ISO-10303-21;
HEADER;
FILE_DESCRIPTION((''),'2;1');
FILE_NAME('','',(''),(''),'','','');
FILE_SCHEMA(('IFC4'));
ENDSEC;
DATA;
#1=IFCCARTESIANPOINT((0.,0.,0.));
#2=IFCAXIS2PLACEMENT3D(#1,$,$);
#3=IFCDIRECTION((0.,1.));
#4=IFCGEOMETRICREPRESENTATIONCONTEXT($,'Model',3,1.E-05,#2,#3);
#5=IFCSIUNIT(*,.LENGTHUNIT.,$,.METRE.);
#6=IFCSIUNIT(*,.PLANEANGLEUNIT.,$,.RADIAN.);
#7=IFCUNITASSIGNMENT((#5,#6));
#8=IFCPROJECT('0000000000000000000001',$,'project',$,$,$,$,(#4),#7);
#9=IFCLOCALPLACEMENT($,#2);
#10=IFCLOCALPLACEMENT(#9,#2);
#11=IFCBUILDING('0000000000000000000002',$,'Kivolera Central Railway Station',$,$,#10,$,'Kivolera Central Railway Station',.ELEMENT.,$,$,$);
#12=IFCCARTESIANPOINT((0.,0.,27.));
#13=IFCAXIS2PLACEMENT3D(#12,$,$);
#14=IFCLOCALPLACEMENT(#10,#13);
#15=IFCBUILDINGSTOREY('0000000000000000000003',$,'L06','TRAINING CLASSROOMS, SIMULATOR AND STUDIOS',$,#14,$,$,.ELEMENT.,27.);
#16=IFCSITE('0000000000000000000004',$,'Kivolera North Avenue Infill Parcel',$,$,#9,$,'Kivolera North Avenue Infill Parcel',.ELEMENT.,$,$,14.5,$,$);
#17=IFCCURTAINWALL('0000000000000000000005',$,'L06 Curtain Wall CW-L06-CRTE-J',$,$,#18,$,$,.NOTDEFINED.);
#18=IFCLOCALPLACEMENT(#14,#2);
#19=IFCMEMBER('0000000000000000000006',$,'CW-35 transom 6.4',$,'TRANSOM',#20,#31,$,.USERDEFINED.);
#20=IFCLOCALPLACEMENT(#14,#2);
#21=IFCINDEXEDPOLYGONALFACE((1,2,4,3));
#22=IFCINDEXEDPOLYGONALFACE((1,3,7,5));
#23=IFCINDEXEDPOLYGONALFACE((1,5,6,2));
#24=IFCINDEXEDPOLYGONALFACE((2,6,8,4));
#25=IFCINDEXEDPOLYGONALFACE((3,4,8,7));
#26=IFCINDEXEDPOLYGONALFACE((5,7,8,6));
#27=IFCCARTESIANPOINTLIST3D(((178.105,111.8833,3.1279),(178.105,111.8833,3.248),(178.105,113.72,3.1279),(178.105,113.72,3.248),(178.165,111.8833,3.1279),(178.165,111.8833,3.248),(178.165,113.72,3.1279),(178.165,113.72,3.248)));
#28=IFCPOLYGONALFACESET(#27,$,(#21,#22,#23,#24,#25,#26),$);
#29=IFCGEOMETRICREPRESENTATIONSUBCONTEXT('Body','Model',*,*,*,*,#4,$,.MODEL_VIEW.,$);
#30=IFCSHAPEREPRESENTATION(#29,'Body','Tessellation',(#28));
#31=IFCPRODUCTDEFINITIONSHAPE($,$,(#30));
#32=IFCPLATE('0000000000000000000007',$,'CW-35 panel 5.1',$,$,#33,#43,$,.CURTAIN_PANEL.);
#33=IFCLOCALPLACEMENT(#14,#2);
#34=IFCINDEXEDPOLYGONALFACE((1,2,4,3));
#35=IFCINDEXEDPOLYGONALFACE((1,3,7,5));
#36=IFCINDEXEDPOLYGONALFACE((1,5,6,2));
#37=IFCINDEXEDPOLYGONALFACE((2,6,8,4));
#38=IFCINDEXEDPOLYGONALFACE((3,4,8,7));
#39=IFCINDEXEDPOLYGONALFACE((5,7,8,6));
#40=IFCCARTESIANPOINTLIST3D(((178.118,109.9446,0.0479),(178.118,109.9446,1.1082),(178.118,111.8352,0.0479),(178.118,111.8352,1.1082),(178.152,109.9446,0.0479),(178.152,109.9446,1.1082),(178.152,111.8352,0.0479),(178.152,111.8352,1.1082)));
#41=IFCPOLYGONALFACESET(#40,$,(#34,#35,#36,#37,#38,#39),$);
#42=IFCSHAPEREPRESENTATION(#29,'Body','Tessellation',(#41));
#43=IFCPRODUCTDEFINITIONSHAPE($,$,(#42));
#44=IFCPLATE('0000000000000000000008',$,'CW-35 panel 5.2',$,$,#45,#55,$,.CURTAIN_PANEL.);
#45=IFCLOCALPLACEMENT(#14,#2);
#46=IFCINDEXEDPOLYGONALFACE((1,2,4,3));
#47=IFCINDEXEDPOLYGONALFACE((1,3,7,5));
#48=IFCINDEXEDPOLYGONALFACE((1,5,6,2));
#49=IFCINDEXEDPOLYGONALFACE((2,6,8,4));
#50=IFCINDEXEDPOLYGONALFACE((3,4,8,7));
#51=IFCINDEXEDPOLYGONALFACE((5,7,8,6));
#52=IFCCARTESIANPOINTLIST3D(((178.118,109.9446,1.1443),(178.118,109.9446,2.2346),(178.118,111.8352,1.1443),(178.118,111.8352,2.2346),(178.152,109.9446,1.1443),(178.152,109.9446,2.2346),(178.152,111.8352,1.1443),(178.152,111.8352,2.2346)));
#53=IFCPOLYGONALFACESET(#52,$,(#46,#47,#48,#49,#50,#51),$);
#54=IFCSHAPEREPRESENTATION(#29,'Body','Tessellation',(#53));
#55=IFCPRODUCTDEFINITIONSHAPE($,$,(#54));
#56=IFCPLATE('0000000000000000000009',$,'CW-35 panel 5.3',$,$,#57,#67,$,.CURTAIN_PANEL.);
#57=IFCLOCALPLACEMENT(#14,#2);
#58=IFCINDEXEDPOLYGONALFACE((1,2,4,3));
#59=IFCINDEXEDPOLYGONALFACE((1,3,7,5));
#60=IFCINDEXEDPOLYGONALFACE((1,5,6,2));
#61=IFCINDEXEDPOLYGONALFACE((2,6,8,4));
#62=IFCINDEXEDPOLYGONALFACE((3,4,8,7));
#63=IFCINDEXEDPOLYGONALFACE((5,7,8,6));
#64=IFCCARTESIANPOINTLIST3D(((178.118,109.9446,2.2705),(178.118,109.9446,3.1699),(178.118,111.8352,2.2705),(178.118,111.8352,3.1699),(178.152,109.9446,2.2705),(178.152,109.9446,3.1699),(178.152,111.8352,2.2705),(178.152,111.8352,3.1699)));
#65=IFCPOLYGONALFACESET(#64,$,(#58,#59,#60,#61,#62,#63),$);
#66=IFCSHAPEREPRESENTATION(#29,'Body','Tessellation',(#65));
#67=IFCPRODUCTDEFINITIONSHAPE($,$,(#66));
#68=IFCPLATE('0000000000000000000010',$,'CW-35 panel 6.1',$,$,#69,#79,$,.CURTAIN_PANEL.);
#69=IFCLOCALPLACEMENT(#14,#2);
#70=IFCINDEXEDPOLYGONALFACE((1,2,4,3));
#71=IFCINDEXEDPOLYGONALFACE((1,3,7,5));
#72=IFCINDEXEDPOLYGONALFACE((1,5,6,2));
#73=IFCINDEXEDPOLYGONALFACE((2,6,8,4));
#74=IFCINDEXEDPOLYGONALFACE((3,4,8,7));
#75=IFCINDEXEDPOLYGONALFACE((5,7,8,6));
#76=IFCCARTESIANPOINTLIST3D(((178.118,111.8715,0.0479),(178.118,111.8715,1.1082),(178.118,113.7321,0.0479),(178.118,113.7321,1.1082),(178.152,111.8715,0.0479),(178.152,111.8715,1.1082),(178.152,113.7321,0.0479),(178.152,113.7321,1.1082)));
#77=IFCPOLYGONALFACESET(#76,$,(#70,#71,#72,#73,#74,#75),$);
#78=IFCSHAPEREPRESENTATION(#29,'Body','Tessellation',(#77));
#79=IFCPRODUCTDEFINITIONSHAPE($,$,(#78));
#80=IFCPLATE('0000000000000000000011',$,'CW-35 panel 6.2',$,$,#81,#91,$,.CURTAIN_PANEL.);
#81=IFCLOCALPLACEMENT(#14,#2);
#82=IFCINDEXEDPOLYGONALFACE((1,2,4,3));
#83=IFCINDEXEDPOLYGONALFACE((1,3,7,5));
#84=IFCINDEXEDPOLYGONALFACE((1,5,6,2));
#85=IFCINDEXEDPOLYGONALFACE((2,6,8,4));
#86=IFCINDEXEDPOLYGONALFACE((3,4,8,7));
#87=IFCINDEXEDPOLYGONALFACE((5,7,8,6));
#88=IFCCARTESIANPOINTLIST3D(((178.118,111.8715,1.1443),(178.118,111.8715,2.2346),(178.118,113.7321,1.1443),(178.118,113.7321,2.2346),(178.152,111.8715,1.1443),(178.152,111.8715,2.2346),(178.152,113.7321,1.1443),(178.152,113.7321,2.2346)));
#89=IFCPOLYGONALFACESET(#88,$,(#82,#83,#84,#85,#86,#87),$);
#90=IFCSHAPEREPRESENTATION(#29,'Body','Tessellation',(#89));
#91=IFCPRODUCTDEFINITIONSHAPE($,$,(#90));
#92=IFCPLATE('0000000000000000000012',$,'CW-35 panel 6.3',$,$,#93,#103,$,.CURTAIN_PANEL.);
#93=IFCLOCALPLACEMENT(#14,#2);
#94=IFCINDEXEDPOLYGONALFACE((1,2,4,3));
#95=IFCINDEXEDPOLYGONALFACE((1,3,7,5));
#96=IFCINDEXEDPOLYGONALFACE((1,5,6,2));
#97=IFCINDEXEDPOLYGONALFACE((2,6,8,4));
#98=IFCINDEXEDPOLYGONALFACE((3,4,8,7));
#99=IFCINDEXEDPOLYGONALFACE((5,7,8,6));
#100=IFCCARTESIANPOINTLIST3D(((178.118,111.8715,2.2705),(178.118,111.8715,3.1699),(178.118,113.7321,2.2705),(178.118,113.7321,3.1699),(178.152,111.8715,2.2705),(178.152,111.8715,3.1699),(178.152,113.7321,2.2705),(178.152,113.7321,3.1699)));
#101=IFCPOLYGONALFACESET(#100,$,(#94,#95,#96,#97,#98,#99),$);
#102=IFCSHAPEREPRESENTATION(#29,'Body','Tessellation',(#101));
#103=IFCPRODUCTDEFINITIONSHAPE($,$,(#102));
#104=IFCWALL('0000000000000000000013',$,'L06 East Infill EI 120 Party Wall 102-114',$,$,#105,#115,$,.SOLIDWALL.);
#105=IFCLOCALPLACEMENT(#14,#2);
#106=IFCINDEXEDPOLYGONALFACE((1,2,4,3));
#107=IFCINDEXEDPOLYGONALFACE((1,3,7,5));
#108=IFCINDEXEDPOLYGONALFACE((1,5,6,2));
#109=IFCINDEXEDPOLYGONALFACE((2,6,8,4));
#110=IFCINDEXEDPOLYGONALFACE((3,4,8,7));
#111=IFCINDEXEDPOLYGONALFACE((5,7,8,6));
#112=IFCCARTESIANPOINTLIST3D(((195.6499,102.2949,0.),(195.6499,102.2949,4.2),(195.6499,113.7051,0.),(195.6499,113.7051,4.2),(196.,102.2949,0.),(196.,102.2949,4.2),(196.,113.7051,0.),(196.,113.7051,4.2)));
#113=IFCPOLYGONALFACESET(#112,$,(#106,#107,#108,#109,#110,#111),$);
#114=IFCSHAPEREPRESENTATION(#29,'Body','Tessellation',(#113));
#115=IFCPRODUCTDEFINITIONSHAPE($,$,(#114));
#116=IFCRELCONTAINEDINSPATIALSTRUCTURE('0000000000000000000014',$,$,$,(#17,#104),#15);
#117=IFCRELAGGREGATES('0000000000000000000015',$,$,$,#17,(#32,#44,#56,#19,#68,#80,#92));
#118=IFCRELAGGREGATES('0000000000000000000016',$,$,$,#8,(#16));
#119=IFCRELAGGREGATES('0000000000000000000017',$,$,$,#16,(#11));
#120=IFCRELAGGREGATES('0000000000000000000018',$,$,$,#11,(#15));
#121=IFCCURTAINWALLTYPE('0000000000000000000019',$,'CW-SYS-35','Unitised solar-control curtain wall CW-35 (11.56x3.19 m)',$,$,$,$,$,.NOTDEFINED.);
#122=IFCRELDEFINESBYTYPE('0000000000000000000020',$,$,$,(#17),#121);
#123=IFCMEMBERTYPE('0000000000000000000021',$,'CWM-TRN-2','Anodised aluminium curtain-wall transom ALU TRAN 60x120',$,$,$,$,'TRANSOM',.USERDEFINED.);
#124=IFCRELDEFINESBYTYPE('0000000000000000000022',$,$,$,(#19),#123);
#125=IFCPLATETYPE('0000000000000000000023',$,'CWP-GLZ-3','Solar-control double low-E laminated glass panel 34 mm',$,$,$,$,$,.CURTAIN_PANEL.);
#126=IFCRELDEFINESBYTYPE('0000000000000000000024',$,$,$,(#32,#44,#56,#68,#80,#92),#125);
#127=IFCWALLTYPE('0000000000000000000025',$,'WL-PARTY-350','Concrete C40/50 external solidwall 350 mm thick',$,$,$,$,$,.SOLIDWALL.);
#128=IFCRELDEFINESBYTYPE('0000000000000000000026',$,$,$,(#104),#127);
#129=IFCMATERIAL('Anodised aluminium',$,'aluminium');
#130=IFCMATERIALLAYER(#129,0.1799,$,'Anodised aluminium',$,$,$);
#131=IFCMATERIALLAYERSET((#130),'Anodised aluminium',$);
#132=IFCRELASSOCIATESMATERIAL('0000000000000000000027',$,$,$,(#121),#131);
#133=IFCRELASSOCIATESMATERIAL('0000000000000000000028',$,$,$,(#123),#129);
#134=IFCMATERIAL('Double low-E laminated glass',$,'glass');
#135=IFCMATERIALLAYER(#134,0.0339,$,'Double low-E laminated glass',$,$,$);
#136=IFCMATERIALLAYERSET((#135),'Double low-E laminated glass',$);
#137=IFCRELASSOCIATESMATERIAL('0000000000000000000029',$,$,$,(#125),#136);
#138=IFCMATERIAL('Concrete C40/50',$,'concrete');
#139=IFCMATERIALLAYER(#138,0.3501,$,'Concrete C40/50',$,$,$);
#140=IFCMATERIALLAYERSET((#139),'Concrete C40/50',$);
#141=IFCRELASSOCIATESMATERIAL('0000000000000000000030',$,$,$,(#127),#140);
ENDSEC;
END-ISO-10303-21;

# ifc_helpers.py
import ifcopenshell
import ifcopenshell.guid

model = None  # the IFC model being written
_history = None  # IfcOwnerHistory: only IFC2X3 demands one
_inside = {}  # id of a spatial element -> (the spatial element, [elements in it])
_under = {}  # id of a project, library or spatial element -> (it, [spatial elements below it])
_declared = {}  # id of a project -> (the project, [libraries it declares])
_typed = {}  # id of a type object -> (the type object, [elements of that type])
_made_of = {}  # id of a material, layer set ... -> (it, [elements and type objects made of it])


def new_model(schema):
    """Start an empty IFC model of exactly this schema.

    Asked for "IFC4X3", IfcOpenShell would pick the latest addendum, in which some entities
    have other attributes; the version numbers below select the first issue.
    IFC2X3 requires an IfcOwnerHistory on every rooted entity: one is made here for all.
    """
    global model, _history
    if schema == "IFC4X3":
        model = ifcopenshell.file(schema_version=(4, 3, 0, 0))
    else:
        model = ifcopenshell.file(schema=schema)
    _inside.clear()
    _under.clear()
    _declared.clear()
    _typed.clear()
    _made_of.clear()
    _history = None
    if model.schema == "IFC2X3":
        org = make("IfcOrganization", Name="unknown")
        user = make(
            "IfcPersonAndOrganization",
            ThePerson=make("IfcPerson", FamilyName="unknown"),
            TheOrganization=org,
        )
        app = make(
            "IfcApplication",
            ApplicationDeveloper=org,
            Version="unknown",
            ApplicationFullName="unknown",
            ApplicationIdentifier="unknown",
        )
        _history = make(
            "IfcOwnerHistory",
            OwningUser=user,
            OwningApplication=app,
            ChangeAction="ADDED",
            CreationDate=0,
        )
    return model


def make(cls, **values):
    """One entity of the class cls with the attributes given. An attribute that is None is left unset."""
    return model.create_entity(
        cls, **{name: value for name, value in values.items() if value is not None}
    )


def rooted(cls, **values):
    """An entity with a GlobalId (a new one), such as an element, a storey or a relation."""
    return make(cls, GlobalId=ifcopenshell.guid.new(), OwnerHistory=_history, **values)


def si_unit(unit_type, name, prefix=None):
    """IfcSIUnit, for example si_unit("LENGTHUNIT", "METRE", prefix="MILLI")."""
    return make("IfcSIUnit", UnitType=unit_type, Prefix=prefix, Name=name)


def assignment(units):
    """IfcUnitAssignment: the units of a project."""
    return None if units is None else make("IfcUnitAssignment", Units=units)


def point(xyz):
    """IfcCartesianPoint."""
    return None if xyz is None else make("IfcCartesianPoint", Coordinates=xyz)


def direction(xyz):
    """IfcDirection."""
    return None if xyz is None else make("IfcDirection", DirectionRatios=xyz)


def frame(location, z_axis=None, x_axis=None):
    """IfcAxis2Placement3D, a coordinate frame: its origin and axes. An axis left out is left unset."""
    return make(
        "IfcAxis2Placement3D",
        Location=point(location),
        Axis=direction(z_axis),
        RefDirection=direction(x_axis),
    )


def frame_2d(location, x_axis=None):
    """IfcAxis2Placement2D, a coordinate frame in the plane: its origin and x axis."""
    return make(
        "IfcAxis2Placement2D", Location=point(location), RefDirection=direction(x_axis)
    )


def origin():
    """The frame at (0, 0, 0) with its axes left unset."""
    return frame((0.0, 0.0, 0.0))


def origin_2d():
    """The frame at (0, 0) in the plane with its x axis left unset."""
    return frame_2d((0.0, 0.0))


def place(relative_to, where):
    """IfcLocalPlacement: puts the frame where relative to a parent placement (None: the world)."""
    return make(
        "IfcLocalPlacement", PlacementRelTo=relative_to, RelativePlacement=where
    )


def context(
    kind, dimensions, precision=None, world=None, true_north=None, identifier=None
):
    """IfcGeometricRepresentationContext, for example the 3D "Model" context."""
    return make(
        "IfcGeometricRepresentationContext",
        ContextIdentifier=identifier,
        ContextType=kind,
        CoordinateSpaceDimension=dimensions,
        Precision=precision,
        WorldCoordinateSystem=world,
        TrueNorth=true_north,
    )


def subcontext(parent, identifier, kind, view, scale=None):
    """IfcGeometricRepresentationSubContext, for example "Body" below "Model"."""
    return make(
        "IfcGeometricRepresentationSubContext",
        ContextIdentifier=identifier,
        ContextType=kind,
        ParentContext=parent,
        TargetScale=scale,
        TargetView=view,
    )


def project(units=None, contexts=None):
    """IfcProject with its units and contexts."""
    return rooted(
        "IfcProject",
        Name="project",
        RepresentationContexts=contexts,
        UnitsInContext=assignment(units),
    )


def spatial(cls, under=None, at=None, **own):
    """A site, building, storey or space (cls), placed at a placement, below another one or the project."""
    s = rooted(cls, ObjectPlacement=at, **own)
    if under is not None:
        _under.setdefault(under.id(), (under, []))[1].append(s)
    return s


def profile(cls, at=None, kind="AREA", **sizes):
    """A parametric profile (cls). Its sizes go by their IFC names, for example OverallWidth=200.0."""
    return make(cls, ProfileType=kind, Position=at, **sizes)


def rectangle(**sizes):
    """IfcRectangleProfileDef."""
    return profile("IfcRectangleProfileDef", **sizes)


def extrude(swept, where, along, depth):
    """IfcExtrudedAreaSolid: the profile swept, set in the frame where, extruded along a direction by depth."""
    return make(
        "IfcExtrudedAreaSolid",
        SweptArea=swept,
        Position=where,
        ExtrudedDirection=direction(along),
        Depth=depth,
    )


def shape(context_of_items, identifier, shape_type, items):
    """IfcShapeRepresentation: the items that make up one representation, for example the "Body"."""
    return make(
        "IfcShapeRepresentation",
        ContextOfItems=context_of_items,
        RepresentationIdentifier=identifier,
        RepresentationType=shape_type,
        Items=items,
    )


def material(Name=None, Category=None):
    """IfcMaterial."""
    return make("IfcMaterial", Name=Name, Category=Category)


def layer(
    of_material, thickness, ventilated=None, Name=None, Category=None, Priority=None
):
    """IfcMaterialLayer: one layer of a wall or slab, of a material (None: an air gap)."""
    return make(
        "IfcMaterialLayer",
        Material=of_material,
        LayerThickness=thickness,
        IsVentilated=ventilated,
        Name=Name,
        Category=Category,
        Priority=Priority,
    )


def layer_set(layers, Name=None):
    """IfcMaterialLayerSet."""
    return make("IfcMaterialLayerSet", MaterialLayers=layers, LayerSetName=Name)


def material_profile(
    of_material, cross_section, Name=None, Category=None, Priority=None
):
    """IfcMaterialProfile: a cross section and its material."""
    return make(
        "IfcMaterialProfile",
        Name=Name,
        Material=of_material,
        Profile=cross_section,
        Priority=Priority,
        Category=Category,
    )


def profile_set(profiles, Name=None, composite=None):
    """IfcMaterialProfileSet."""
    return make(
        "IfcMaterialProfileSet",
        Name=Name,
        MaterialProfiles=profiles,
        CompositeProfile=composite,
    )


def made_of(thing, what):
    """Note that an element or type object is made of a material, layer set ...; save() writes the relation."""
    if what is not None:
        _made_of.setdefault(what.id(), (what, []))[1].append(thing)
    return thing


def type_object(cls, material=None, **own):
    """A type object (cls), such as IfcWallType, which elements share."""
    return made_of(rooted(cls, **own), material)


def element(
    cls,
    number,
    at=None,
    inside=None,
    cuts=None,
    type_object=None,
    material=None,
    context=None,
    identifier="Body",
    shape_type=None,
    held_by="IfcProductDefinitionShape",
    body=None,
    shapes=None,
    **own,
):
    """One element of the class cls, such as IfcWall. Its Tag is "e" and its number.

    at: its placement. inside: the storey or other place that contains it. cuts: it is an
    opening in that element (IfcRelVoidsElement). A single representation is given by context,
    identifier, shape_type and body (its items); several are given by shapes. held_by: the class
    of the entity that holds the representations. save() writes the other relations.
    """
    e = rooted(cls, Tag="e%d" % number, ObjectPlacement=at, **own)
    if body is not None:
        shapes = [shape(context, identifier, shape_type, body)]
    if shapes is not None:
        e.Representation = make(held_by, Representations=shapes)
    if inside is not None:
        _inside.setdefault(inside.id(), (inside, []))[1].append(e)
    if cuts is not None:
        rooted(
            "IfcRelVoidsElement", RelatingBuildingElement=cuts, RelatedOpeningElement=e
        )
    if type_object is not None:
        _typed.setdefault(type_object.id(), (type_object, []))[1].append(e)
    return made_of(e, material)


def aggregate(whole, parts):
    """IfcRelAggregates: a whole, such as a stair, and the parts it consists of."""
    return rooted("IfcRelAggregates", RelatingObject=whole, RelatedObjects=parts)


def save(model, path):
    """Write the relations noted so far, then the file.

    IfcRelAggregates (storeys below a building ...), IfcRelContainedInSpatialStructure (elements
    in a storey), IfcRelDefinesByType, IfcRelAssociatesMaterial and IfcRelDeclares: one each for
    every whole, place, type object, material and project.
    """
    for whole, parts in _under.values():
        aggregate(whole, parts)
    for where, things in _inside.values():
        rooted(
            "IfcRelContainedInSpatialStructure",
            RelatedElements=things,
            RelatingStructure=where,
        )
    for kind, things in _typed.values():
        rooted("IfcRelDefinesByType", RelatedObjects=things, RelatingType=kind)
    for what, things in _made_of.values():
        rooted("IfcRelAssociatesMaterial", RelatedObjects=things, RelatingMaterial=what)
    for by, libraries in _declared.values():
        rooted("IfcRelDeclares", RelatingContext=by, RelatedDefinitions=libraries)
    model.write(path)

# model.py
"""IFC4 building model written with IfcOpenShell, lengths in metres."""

from ifc_helpers import new_model, si_unit, direction, frame, frame_2d, origin, origin_2d, place, context, subcontext, project, spatial, rectangle, extrude, material, layer, layer_set, material_profile, profile_set, type_object, element, aggregate, save


model = new_model("IFC4")

# Units and contexts
model_context = context("Model", 3, precision=1e-05, world=origin(), true_north=direction((0.0, 1.0)))
body_context = subcontext(model_context, "Body", "Model", "MODEL_VIEW")
ifc_project = project(units=[si_unit("LENGTHUNIT", "METRE"), si_unit("PLANEANGLEUNIT", "RADIAN")], contexts=[model_context])

# Site, building, storey
site_placement = place(None, origin())
site = spatial("IfcSite", under=ifc_project, at=site_placement, Name="Kivolera North Avenue Infill Parcel", LongName="Kivolera North Avenue Infill Parcel", CompositionType="ELEMENT", RefElevation=14.5)
building_placement = place(site_placement, origin())
building = spatial("IfcBuilding", under=site, at=building_placement, Name="Kivolera Central Railway Station", LongName="Kivolera Central Railway Station", CompositionType="ELEMENT")
storey_placement = place(building_placement, frame((0.0, 0.0, 27.0)))
storey = spatial("IfcBuildingStorey", under=building, at=storey_placement, Name="L06", Description="TRAINING CLASSROOMS, SIMULATOR AND STUDIOS", CompositionType="ELEMENT", Elevation=27.0)

# Shared definitions
ifc_material_1 = material(Name="Concrete C40/50", Category="concrete")

# Curtain wall, member, plates
ifc_material_2 = material(Name="Anodised aluminium", Category="aluminium")
ifc_layer_1 = layer(ifc_material_2, 0.1799, Name="Anodised aluminium")
ifc_layer_set_1 = layer_set([ifc_layer_1], Name="Anodised aluminium")
curtain_wall_type = type_object("IfcCurtainWallType", Name="CW-SYS-35", Description="Unitised solar-control curtain wall CW-35 (11.56x3.19 m)", PredefinedType="NOTDEFINED", material=ifc_layer_set_1)
curtain_wall_placement = place(storey_placement, origin())
curtain_wall = element("IfcCurtainWall", 1, at=curtain_wall_placement, inside=storey, type_object=curtain_wall_type, Name="L06 Curtain Wall CW-L06-CRTE-J", PredefinedType="NOTDEFINED")
ifc_material_profile_1 = material_profile(ifc_material_2, rectangle(XDim=0.0601, YDim=0.1201, at=origin_2d()), Name="ALU TRAN 60x120")
ifc_profile_set_1 = profile_set([ifc_material_profile_1], Name="Anodised aluminium")
member_type_1 = type_object("IfcMemberType", Name="CWM-TRN-2", Description="Anodised aluminium curtain-wall transom ALU TRAN 60x120", ElementType="TRANSOM", PredefinedType="USERDEFINED", material=ifc_profile_set_1)
member_1_placement = place(storey_placement, frame((178.135, 111.8833, 3.188), z_axis=(0.0, 1.0, 0.0), x_axis=(-1.0, 0.0, 0.0)))
member_1 = element("IfcMember", 2, at=member_1_placement, type_object=member_type_1, Name="CW-35 transom 6.4", ObjectType="TRANSOM", PredefinedType="USERDEFINED", context=body_context, shape_type="SweptSolid", body=[
    extrude(rectangle(XDim=0.0601, YDim=0.1201, at=origin_2d()), origin(), (0.0, 0.0, 1.0), 1.8367),
])
ifc_material_3 = material(Name="Double low-E laminated glass", Category="glass")
ifc_layer_2 = layer(ifc_material_3, 0.0339, Name="Double low-E laminated glass")
ifc_layer_set_2 = layer_set([ifc_layer_2], Name="Double low-E laminated glass")
plate_type = type_object("IfcPlateType", Name="CWP-GLZ-3", Description="Solar-control double low-E laminated glass panel 34 mm", PredefinedType="CURTAIN_PANEL", material=ifc_layer_set_2)
plate_1_placement = place(storey_placement, frame((178.135, 110.8899, 0.0479), z_axis=(0.0, 0.0, 1.0), x_axis=(0.0, 1.0, 0.0)))
plate_1 = element("IfcPlate", 3, at=plate_1_placement, type_object=plate_type, Name="CW-35 panel 5.1", PredefinedType="CURTAIN_PANEL", context=body_context, shape_type="SweptSolid", body=[
    extrude(rectangle(XDim=1.8906, YDim=0.0339, at=origin_2d()), origin(), (0.0, 0.0, 1.0), 1.0603),
])
plate_2_placement = place(storey_placement, frame((178.135, 110.8899, 1.1443), z_axis=(0.0, 0.0, 1.0), x_axis=(0.0, 1.0, 0.0)))
plate_2 = element("IfcPlate", 4, at=plate_2_placement, type_object=plate_type, Name="CW-35 panel 5.2", PredefinedType="CURTAIN_PANEL", context=body_context, shape_type="SweptSolid", body=[
    extrude(rectangle(XDim=1.8906, YDim=0.0339, at=origin_2d()), origin(), (0.0, 0.0, 1.0), 1.0903),
])
plate_3_placement = place(storey_placement, frame((178.135, 110.8899, 2.2705), z_axis=(0.0, 0.0, 1.0), x_axis=(0.0, 1.0, 0.0)))
plate_3 = element("IfcPlate", 5, at=plate_3_placement, type_object=plate_type, Name="CW-35 panel 5.3", PredefinedType="CURTAIN_PANEL", context=body_context, shape_type="SweptSolid", body=[
    extrude(rectangle(XDim=1.8906, YDim=0.0339, at=origin_2d()), origin(), (0.0, 0.0, 1.0), 0.8994),
])
plate_4_placement = place(storey_placement, frame((178.135, 112.8018, 0.0479), z_axis=(0.0, 0.0, 1.0), x_axis=(0.0, 1.0, 0.0)))
plate_4 = element("IfcPlate", 6, at=plate_4_placement, type_object=plate_type, Name="CW-35 panel 6.1", PredefinedType="CURTAIN_PANEL", context=body_context, shape_type="SweptSolid", body=[
    extrude(rectangle(XDim=1.8606, YDim=0.0339, at=origin_2d()), origin(), (0.0, 0.0, 1.0), 1.0603),
])
plate_5_placement = place(storey_placement, frame((178.135, 112.8018, 1.1443), z_axis=(0.0, 0.0, 1.0), x_axis=(0.0, 1.0, 0.0)))
plate_5 = element("IfcPlate", 7, at=plate_5_placement, type_object=plate_type, Name="CW-35 panel 6.2", PredefinedType="CURTAIN_PANEL", context=body_context, shape_type="SweptSolid", body=[
    extrude(rectangle(XDim=1.8606, YDim=0.0339, at=origin_2d()), origin(), (0.0, 0.0, 1.0), 1.0903),
])
plate_6_placement = place(storey_placement, frame((178.135, 112.8018, 2.2705), z_axis=(0.0, 0.0, 1.0), x_axis=(0.0, 1.0, 0.0)))
plate_6 = element("IfcPlate", 8, at=plate_6_placement, type_object=plate_type, Name="CW-35 panel 6.3", PredefinedType="CURTAIN_PANEL", context=body_context, shape_type="SweptSolid", body=[
    extrude(rectangle(XDim=1.8606, YDim=0.0339, at=origin_2d()), origin(), (0.0, 0.0, 1.0), 0.8994),
])
aggregate(curtain_wall, [plate_1, plate_2, plate_3, member_1, plate_4, plate_5, plate_6])

# Wall
ifc_layer_3 = layer(ifc_material_1, 0.3501, Name="Concrete C40/50")
ifc_layer_set_3 = layer_set([ifc_layer_3], Name="Concrete C40/50")
wall_type = type_object("IfcWallType", Name="WL-PARTY-350", Description="Concrete C40/50 external solidwall 350 mm thick", PredefinedType="SOLIDWALL", material=ifc_layer_set_3)
wall_placement = place(storey_placement, frame((195.825, 113.7051, 0.0), z_axis=(0.0, 0.0, 1.0), x_axis=(0.0, -1.0, 0.0)))
element("IfcWall", 9, at=wall_placement, inside=storey, type_object=wall_type, Name="L06 East Infill EI 120 Party Wall 102-114", PredefinedType="SOLIDWALL", context=body_context, shape_type="SweptSolid", body=[
    extrude(rectangle(XDim=11.4102, YDim=0.3501, at=frame_2d((5.7051, 0.0))), origin(), (0.0, 0.0, 1.0), 4.2),
])

save(model, "model.ifc")
